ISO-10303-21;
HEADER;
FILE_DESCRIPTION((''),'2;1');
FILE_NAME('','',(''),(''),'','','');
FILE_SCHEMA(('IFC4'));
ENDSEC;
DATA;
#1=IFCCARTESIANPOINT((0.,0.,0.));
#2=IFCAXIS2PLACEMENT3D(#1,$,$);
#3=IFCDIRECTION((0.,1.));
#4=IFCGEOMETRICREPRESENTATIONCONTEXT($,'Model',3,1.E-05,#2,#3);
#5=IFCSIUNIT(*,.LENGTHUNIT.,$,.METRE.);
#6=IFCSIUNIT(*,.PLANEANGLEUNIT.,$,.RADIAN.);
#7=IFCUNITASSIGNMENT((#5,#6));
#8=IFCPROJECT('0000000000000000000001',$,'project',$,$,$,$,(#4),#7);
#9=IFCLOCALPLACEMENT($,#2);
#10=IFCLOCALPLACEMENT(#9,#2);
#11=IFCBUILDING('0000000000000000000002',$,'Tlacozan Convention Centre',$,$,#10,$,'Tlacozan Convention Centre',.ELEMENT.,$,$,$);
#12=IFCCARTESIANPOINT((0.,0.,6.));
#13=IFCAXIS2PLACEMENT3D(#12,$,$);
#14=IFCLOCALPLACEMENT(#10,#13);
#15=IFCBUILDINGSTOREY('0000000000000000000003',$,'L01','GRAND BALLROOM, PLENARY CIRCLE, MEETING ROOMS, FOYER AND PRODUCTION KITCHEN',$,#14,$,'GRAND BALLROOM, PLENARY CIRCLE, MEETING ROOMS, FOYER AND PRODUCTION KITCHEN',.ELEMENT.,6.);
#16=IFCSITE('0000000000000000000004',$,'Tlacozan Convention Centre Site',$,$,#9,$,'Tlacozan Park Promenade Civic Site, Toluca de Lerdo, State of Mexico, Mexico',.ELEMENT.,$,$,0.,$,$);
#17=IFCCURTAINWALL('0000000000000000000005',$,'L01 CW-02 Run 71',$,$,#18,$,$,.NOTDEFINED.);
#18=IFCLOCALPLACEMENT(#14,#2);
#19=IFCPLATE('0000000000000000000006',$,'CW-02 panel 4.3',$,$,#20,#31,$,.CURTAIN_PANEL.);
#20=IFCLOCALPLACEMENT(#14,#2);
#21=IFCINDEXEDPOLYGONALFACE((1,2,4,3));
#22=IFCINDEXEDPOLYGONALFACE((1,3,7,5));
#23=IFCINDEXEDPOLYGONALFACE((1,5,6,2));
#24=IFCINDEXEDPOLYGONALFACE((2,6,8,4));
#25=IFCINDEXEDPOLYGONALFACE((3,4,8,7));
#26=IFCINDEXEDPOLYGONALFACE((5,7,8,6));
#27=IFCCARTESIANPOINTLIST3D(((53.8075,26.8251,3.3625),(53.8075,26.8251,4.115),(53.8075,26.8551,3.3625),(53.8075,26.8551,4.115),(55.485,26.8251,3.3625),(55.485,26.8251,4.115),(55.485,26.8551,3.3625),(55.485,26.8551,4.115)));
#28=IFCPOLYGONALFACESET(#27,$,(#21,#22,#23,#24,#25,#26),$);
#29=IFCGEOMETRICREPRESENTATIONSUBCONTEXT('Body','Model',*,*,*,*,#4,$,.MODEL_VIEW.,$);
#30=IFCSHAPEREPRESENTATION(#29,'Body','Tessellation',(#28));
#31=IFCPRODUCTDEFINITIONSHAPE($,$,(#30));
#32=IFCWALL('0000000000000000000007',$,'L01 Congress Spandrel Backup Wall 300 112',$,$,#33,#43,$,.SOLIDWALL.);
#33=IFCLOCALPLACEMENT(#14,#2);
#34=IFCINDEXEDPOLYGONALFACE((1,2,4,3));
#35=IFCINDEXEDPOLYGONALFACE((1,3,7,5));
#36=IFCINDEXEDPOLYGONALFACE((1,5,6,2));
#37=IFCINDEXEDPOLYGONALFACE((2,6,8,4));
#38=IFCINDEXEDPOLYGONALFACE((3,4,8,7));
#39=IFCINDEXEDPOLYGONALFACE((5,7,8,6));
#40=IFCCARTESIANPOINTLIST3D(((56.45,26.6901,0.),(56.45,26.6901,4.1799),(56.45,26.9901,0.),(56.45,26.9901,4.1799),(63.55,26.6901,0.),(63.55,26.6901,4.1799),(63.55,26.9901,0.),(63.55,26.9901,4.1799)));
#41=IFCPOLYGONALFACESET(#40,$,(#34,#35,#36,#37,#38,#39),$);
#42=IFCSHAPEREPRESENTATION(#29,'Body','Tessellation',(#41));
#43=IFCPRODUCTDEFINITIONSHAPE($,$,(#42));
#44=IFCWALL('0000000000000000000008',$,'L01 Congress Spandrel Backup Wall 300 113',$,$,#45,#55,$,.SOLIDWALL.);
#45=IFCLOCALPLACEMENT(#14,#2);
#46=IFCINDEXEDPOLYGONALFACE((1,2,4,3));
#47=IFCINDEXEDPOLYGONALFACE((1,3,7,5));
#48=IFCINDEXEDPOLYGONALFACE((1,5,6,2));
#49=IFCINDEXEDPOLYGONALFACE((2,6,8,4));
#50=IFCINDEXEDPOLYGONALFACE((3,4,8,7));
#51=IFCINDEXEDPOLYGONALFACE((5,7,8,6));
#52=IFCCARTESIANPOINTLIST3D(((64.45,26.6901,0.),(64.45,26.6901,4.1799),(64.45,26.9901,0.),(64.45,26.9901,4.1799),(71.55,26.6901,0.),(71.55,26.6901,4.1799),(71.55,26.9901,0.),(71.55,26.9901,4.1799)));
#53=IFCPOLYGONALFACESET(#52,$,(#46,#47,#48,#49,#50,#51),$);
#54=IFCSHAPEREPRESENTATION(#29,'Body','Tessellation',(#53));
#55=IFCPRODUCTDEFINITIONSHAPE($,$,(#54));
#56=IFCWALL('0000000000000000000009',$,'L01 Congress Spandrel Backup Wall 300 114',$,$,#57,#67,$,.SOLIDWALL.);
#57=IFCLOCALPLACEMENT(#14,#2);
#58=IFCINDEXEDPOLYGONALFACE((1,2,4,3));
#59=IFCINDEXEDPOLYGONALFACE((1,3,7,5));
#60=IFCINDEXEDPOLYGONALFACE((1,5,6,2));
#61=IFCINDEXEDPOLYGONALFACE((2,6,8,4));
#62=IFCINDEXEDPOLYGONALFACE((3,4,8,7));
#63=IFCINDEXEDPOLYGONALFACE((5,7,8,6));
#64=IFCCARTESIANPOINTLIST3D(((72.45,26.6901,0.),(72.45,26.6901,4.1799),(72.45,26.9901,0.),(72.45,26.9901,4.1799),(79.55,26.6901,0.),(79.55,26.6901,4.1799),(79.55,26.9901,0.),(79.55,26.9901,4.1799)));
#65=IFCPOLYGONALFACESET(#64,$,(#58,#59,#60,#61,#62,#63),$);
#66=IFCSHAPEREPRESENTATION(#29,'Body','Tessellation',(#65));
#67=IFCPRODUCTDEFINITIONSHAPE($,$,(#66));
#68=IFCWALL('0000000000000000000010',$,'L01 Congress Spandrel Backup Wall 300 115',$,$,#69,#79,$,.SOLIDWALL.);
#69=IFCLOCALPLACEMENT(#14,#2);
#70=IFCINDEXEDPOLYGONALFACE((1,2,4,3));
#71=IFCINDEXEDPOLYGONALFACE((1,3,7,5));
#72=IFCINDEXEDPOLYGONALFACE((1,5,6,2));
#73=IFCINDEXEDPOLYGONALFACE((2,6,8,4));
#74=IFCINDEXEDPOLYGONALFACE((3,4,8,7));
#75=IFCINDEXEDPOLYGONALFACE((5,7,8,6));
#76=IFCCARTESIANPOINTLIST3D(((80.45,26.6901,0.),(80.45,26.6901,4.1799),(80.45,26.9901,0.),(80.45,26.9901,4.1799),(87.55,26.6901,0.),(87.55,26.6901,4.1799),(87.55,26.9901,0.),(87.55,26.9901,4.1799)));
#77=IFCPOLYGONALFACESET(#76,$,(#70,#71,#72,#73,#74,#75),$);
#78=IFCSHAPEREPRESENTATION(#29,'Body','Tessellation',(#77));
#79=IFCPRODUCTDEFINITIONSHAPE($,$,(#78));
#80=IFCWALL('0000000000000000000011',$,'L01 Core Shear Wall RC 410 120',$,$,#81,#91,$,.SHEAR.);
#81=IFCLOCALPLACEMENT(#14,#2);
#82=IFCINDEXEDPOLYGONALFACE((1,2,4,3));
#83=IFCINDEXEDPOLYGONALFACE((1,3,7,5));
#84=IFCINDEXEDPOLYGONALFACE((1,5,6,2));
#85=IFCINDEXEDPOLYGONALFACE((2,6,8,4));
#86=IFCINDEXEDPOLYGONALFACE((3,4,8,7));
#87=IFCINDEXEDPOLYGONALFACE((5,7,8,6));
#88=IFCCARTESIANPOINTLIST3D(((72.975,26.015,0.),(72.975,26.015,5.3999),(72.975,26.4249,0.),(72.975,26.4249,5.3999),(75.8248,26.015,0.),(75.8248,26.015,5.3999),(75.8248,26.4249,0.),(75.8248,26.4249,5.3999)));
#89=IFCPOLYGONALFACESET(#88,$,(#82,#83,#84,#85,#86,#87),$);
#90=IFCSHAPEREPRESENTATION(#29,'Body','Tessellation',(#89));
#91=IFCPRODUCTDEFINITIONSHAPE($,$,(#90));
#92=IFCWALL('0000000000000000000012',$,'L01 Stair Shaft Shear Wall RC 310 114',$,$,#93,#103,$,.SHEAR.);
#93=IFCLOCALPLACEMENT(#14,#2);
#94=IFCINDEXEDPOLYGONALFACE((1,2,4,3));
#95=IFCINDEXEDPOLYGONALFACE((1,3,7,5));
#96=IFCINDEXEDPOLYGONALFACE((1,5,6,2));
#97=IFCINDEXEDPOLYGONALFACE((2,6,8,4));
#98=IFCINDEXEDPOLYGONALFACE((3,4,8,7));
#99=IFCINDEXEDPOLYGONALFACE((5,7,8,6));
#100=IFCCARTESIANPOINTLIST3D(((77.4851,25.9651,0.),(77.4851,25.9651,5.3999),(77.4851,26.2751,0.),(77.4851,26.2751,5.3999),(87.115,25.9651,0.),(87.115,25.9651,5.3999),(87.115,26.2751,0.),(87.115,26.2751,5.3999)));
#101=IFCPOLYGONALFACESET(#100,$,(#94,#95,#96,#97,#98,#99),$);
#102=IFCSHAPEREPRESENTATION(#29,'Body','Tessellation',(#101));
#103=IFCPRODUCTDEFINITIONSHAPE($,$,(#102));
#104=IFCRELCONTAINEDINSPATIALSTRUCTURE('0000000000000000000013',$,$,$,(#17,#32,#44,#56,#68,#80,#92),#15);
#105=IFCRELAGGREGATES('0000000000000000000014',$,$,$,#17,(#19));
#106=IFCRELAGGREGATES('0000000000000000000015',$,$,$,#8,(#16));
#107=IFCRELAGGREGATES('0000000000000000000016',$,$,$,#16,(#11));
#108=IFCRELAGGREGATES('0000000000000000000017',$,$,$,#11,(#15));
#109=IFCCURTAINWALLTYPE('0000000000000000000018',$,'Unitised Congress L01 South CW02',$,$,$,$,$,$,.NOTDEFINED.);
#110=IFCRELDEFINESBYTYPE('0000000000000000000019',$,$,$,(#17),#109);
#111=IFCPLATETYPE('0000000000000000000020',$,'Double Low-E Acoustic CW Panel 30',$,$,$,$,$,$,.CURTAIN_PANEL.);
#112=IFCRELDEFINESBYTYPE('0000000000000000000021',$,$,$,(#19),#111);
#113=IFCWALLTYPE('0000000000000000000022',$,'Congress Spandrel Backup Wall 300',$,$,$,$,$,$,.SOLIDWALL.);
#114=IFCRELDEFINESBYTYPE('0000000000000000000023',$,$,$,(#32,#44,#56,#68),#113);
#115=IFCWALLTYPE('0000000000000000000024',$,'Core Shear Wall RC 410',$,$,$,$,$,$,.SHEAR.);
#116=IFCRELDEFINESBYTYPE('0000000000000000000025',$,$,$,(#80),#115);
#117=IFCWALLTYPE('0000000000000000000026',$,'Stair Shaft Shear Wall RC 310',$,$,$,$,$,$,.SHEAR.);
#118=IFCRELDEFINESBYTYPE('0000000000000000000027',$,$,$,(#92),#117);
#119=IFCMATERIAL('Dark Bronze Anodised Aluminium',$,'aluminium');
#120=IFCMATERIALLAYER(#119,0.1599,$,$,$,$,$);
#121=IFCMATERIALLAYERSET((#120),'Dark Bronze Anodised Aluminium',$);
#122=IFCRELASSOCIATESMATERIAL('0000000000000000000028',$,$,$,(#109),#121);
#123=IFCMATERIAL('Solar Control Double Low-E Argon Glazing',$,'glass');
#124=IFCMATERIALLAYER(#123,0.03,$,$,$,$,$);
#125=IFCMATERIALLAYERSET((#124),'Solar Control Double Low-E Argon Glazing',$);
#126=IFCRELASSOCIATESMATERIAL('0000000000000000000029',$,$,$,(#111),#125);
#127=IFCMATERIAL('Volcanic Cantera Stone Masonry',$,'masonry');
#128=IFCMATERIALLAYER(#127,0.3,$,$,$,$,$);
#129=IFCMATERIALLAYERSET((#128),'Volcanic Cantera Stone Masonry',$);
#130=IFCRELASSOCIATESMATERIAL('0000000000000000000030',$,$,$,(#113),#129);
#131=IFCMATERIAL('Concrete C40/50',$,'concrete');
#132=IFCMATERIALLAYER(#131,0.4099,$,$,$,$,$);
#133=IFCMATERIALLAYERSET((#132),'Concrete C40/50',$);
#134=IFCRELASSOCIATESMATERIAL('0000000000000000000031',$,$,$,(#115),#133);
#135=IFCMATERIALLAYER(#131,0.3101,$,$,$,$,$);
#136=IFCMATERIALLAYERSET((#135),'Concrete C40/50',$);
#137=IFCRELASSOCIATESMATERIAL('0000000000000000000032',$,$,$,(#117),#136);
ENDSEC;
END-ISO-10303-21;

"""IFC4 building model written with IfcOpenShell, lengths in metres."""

from ifc_helpers import new_model, si_unit, direction, frame, frame_2d, origin, origin_2d, place, context, subcontext, project, spatial, rectangle, extrude, material, layer, layer_set, type_object, element, aggregate, save


model = new_model("IFC4")

# Units and contexts
model_context = context("Model", 3, precision=1e-05, world=origin(), true_north=direction((0.0, 1.0)))
body_context = subcontext(model_context, "Body", "Model", "MODEL_VIEW")
ifc_project = project(units=[si_unit("LENGTHUNIT", "METRE"), si_unit("PLANEANGLEUNIT", "RADIAN")], contexts=[model_context])

# Site, building, storey
site_placement = place(None, origin())
site = spatial("IfcSite", under=ifc_project, at=site_placement, Name="Tlacozan Convention Centre Site", LongName="Tlacozan Park Promenade Civic Site, Toluca de Lerdo, State of Mexico, Mexico", CompositionType="ELEMENT", RefElevation=0.0)
building_placement = place(site_placement, origin())
building = spatial("IfcBuilding", under=site, at=building_placement, Name="Tlacozan Convention Centre", LongName="Tlacozan Convention Centre", CompositionType="ELEMENT")
storey_placement = place(building_placement, frame((0.0, 0.0, 6.0)))
storey = spatial("IfcBuildingStorey", under=building, at=storey_placement, Name="L01", Description="GRAND BALLROOM, PLENARY CIRCLE, MEETING ROOMS, FOYER AND PRODUCTION KITCHEN", LongName="GRAND BALLROOM, PLENARY CIRCLE, MEETING ROOMS, FOYER AND PRODUCTION KITCHEN", CompositionType="ELEMENT", Elevation=6.0)

# Shared definitions
ifc_material_1 = material(Name="Concrete C40/50", Category="concrete")

# Curtain wall
ifc_material_2 = material(Name="Dark Bronze Anodised Aluminium", Category="aluminium")
ifc_layer_1 = layer(ifc_material_2, 0.1599)
ifc_layer_set_1 = layer_set([ifc_layer_1], Name="Dark Bronze Anodised Aluminium")
curtain_wall_type = type_object("IfcCurtainWallType", Name="Unitised Congress L01 South CW02", PredefinedType="NOTDEFINED", material=ifc_layer_set_1)
curtain_wall_placement = place(storey_placement, origin())
curtain_wall = element("IfcCurtainWall", 1, at=curtain_wall_placement, inside=storey, type_object=curtain_wall_type, Name="L01 CW-02 Run 71", PredefinedType="NOTDEFINED")

# Plate
ifc_material_3 = material(Name="Solar Control Double Low-E Argon Glazing", Category="glass")
ifc_layer_2 = layer(ifc_material_3, 0.03)
ifc_layer_set_2 = layer_set([ifc_layer_2], Name="Solar Control Double Low-E Argon Glazing")
plate_type = type_object("IfcPlateType", Name="Double Low-E Acoustic CW Panel 30", PredefinedType="CURTAIN_PANEL", material=ifc_layer_set_2)
plate_1_placement = place(storey_placement, frame((54.6462, 26.8401, 3.3625), z_axis=(0.0, 0.0, 1.0), x_axis=(1.0, 0.0, 0.0)))
plate_1 = element("IfcPlate", 2, at=plate_1_placement, type_object=plate_type, Name="CW-02 panel 4.3", PredefinedType="CURTAIN_PANEL", context=body_context, shape_type="SweptSolid", body=[
    extrude(rectangle(XDim=1.6775, YDim=0.03, at=origin_2d()), origin(), (0.0, 0.0, 1.0), 0.7524),
])
aggregate(curtain_wall, [plate_1])

# Walls
ifc_material_4 = material(Name="Volcanic Cantera Stone Masonry", Category="masonry")
ifc_layer_3 = layer(ifc_material_4, 0.3)
ifc_layer_set_3 = layer_set([ifc_layer_3], Name="Volcanic Cantera Stone Masonry")
wall_type_1 = type_object("IfcWallType", Name="Congress Spandrel Backup Wall 300", PredefinedType="SOLIDWALL", material=ifc_layer_set_3)
for number, where, z_axis, x_axis, name in (
    (3, (56.45, 26.8401, 0.0), (0.0, 0.0, 1.0), (1.0, 0.0, 0.0), "L01 Congress Spandrel Backup Wall 300 112"),
    (4, (64.45, 26.8401, 0.0), (0.0, 0.0, 1.0), (1.0, 0.0, 0.0), "L01 Congress Spandrel Backup Wall 300 113"),
    (5, (72.45, 26.8401, 0.0), (0.0, 0.0, 1.0), (1.0, 0.0, 0.0), "L01 Congress Spandrel Backup Wall 300 114"),
    (6, (80.45, 26.8401, 0.0), (0.0, 0.0, 1.0), (1.0, 0.0, 0.0), "L01 Congress Spandrel Backup Wall 300 115"),
):
    element("IfcWall", number, at=place(storey_placement, frame(where, z_axis=z_axis, x_axis=x_axis)), inside=storey, type_object=wall_type_1, Name=name, PredefinedType="SOLIDWALL", context=body_context, shape_type="SweptSolid", body=[
        extrude(rectangle(XDim=7.1001, YDim=0.3, at=frame_2d((3.55, 0.0))), origin(), (0.0, 0.0, 1.0), 4.1799),
    ])
ifc_layer_4 = layer(ifc_material_1, 0.4099)
ifc_layer_set_4 = layer_set([ifc_layer_4], Name="Concrete C40/50")
wall_type_2 = type_object("IfcWallType", Name="Core Shear Wall RC 410", PredefinedType="SHEAR", material=ifc_layer_set_4)
wall_1_placement = place(storey_placement, frame((72.9751, 26.22, 0.0), z_axis=(0.0, 0.0, 1.0), x_axis=(1.0, 0.0, 0.0)))
element("IfcWall", 7, at=wall_1_placement, inside=storey, type_object=wall_type_2, Name="L01 Core Shear Wall RC 410 120", PredefinedType="SHEAR", context=body_context, shape_type="SweptSolid", body=[
    extrude(rectangle(XDim=2.8499, YDim=0.4099, at=frame_2d((1.4248, 0.0))), origin(), (0.0, 0.0, 1.0), 5.3999),
])
ifc_layer_5 = layer(ifc_material_1, 0.3101)
ifc_layer_set_5 = layer_set([ifc_layer_5], Name="Concrete C40/50")
wall_type_3 = type_object("IfcWallType", Name="Stair Shaft Shear Wall RC 310", PredefinedType="SHEAR", material=ifc_layer_set_5)
wall_2_placement = place(storey_placement, frame((77.4851, 26.1201, 0.0), z_axis=(0.0, 0.0, 1.0), x_axis=(1.0, 0.0, 0.0)))
element("IfcWall", 8, at=wall_2_placement, inside=storey, type_object=wall_type_3, Name="L01 Stair Shaft Shear Wall RC 310 114", PredefinedType="SHEAR", context=body_context, shape_type="SweptSolid", body=[
    extrude(rectangle(XDim=9.6299, YDim=0.3101, at=frame_2d((4.8149, 0.0))), origin(), (0.0, 0.0, 1.0), 5.3999),
])

save(model, "model.ifc")
